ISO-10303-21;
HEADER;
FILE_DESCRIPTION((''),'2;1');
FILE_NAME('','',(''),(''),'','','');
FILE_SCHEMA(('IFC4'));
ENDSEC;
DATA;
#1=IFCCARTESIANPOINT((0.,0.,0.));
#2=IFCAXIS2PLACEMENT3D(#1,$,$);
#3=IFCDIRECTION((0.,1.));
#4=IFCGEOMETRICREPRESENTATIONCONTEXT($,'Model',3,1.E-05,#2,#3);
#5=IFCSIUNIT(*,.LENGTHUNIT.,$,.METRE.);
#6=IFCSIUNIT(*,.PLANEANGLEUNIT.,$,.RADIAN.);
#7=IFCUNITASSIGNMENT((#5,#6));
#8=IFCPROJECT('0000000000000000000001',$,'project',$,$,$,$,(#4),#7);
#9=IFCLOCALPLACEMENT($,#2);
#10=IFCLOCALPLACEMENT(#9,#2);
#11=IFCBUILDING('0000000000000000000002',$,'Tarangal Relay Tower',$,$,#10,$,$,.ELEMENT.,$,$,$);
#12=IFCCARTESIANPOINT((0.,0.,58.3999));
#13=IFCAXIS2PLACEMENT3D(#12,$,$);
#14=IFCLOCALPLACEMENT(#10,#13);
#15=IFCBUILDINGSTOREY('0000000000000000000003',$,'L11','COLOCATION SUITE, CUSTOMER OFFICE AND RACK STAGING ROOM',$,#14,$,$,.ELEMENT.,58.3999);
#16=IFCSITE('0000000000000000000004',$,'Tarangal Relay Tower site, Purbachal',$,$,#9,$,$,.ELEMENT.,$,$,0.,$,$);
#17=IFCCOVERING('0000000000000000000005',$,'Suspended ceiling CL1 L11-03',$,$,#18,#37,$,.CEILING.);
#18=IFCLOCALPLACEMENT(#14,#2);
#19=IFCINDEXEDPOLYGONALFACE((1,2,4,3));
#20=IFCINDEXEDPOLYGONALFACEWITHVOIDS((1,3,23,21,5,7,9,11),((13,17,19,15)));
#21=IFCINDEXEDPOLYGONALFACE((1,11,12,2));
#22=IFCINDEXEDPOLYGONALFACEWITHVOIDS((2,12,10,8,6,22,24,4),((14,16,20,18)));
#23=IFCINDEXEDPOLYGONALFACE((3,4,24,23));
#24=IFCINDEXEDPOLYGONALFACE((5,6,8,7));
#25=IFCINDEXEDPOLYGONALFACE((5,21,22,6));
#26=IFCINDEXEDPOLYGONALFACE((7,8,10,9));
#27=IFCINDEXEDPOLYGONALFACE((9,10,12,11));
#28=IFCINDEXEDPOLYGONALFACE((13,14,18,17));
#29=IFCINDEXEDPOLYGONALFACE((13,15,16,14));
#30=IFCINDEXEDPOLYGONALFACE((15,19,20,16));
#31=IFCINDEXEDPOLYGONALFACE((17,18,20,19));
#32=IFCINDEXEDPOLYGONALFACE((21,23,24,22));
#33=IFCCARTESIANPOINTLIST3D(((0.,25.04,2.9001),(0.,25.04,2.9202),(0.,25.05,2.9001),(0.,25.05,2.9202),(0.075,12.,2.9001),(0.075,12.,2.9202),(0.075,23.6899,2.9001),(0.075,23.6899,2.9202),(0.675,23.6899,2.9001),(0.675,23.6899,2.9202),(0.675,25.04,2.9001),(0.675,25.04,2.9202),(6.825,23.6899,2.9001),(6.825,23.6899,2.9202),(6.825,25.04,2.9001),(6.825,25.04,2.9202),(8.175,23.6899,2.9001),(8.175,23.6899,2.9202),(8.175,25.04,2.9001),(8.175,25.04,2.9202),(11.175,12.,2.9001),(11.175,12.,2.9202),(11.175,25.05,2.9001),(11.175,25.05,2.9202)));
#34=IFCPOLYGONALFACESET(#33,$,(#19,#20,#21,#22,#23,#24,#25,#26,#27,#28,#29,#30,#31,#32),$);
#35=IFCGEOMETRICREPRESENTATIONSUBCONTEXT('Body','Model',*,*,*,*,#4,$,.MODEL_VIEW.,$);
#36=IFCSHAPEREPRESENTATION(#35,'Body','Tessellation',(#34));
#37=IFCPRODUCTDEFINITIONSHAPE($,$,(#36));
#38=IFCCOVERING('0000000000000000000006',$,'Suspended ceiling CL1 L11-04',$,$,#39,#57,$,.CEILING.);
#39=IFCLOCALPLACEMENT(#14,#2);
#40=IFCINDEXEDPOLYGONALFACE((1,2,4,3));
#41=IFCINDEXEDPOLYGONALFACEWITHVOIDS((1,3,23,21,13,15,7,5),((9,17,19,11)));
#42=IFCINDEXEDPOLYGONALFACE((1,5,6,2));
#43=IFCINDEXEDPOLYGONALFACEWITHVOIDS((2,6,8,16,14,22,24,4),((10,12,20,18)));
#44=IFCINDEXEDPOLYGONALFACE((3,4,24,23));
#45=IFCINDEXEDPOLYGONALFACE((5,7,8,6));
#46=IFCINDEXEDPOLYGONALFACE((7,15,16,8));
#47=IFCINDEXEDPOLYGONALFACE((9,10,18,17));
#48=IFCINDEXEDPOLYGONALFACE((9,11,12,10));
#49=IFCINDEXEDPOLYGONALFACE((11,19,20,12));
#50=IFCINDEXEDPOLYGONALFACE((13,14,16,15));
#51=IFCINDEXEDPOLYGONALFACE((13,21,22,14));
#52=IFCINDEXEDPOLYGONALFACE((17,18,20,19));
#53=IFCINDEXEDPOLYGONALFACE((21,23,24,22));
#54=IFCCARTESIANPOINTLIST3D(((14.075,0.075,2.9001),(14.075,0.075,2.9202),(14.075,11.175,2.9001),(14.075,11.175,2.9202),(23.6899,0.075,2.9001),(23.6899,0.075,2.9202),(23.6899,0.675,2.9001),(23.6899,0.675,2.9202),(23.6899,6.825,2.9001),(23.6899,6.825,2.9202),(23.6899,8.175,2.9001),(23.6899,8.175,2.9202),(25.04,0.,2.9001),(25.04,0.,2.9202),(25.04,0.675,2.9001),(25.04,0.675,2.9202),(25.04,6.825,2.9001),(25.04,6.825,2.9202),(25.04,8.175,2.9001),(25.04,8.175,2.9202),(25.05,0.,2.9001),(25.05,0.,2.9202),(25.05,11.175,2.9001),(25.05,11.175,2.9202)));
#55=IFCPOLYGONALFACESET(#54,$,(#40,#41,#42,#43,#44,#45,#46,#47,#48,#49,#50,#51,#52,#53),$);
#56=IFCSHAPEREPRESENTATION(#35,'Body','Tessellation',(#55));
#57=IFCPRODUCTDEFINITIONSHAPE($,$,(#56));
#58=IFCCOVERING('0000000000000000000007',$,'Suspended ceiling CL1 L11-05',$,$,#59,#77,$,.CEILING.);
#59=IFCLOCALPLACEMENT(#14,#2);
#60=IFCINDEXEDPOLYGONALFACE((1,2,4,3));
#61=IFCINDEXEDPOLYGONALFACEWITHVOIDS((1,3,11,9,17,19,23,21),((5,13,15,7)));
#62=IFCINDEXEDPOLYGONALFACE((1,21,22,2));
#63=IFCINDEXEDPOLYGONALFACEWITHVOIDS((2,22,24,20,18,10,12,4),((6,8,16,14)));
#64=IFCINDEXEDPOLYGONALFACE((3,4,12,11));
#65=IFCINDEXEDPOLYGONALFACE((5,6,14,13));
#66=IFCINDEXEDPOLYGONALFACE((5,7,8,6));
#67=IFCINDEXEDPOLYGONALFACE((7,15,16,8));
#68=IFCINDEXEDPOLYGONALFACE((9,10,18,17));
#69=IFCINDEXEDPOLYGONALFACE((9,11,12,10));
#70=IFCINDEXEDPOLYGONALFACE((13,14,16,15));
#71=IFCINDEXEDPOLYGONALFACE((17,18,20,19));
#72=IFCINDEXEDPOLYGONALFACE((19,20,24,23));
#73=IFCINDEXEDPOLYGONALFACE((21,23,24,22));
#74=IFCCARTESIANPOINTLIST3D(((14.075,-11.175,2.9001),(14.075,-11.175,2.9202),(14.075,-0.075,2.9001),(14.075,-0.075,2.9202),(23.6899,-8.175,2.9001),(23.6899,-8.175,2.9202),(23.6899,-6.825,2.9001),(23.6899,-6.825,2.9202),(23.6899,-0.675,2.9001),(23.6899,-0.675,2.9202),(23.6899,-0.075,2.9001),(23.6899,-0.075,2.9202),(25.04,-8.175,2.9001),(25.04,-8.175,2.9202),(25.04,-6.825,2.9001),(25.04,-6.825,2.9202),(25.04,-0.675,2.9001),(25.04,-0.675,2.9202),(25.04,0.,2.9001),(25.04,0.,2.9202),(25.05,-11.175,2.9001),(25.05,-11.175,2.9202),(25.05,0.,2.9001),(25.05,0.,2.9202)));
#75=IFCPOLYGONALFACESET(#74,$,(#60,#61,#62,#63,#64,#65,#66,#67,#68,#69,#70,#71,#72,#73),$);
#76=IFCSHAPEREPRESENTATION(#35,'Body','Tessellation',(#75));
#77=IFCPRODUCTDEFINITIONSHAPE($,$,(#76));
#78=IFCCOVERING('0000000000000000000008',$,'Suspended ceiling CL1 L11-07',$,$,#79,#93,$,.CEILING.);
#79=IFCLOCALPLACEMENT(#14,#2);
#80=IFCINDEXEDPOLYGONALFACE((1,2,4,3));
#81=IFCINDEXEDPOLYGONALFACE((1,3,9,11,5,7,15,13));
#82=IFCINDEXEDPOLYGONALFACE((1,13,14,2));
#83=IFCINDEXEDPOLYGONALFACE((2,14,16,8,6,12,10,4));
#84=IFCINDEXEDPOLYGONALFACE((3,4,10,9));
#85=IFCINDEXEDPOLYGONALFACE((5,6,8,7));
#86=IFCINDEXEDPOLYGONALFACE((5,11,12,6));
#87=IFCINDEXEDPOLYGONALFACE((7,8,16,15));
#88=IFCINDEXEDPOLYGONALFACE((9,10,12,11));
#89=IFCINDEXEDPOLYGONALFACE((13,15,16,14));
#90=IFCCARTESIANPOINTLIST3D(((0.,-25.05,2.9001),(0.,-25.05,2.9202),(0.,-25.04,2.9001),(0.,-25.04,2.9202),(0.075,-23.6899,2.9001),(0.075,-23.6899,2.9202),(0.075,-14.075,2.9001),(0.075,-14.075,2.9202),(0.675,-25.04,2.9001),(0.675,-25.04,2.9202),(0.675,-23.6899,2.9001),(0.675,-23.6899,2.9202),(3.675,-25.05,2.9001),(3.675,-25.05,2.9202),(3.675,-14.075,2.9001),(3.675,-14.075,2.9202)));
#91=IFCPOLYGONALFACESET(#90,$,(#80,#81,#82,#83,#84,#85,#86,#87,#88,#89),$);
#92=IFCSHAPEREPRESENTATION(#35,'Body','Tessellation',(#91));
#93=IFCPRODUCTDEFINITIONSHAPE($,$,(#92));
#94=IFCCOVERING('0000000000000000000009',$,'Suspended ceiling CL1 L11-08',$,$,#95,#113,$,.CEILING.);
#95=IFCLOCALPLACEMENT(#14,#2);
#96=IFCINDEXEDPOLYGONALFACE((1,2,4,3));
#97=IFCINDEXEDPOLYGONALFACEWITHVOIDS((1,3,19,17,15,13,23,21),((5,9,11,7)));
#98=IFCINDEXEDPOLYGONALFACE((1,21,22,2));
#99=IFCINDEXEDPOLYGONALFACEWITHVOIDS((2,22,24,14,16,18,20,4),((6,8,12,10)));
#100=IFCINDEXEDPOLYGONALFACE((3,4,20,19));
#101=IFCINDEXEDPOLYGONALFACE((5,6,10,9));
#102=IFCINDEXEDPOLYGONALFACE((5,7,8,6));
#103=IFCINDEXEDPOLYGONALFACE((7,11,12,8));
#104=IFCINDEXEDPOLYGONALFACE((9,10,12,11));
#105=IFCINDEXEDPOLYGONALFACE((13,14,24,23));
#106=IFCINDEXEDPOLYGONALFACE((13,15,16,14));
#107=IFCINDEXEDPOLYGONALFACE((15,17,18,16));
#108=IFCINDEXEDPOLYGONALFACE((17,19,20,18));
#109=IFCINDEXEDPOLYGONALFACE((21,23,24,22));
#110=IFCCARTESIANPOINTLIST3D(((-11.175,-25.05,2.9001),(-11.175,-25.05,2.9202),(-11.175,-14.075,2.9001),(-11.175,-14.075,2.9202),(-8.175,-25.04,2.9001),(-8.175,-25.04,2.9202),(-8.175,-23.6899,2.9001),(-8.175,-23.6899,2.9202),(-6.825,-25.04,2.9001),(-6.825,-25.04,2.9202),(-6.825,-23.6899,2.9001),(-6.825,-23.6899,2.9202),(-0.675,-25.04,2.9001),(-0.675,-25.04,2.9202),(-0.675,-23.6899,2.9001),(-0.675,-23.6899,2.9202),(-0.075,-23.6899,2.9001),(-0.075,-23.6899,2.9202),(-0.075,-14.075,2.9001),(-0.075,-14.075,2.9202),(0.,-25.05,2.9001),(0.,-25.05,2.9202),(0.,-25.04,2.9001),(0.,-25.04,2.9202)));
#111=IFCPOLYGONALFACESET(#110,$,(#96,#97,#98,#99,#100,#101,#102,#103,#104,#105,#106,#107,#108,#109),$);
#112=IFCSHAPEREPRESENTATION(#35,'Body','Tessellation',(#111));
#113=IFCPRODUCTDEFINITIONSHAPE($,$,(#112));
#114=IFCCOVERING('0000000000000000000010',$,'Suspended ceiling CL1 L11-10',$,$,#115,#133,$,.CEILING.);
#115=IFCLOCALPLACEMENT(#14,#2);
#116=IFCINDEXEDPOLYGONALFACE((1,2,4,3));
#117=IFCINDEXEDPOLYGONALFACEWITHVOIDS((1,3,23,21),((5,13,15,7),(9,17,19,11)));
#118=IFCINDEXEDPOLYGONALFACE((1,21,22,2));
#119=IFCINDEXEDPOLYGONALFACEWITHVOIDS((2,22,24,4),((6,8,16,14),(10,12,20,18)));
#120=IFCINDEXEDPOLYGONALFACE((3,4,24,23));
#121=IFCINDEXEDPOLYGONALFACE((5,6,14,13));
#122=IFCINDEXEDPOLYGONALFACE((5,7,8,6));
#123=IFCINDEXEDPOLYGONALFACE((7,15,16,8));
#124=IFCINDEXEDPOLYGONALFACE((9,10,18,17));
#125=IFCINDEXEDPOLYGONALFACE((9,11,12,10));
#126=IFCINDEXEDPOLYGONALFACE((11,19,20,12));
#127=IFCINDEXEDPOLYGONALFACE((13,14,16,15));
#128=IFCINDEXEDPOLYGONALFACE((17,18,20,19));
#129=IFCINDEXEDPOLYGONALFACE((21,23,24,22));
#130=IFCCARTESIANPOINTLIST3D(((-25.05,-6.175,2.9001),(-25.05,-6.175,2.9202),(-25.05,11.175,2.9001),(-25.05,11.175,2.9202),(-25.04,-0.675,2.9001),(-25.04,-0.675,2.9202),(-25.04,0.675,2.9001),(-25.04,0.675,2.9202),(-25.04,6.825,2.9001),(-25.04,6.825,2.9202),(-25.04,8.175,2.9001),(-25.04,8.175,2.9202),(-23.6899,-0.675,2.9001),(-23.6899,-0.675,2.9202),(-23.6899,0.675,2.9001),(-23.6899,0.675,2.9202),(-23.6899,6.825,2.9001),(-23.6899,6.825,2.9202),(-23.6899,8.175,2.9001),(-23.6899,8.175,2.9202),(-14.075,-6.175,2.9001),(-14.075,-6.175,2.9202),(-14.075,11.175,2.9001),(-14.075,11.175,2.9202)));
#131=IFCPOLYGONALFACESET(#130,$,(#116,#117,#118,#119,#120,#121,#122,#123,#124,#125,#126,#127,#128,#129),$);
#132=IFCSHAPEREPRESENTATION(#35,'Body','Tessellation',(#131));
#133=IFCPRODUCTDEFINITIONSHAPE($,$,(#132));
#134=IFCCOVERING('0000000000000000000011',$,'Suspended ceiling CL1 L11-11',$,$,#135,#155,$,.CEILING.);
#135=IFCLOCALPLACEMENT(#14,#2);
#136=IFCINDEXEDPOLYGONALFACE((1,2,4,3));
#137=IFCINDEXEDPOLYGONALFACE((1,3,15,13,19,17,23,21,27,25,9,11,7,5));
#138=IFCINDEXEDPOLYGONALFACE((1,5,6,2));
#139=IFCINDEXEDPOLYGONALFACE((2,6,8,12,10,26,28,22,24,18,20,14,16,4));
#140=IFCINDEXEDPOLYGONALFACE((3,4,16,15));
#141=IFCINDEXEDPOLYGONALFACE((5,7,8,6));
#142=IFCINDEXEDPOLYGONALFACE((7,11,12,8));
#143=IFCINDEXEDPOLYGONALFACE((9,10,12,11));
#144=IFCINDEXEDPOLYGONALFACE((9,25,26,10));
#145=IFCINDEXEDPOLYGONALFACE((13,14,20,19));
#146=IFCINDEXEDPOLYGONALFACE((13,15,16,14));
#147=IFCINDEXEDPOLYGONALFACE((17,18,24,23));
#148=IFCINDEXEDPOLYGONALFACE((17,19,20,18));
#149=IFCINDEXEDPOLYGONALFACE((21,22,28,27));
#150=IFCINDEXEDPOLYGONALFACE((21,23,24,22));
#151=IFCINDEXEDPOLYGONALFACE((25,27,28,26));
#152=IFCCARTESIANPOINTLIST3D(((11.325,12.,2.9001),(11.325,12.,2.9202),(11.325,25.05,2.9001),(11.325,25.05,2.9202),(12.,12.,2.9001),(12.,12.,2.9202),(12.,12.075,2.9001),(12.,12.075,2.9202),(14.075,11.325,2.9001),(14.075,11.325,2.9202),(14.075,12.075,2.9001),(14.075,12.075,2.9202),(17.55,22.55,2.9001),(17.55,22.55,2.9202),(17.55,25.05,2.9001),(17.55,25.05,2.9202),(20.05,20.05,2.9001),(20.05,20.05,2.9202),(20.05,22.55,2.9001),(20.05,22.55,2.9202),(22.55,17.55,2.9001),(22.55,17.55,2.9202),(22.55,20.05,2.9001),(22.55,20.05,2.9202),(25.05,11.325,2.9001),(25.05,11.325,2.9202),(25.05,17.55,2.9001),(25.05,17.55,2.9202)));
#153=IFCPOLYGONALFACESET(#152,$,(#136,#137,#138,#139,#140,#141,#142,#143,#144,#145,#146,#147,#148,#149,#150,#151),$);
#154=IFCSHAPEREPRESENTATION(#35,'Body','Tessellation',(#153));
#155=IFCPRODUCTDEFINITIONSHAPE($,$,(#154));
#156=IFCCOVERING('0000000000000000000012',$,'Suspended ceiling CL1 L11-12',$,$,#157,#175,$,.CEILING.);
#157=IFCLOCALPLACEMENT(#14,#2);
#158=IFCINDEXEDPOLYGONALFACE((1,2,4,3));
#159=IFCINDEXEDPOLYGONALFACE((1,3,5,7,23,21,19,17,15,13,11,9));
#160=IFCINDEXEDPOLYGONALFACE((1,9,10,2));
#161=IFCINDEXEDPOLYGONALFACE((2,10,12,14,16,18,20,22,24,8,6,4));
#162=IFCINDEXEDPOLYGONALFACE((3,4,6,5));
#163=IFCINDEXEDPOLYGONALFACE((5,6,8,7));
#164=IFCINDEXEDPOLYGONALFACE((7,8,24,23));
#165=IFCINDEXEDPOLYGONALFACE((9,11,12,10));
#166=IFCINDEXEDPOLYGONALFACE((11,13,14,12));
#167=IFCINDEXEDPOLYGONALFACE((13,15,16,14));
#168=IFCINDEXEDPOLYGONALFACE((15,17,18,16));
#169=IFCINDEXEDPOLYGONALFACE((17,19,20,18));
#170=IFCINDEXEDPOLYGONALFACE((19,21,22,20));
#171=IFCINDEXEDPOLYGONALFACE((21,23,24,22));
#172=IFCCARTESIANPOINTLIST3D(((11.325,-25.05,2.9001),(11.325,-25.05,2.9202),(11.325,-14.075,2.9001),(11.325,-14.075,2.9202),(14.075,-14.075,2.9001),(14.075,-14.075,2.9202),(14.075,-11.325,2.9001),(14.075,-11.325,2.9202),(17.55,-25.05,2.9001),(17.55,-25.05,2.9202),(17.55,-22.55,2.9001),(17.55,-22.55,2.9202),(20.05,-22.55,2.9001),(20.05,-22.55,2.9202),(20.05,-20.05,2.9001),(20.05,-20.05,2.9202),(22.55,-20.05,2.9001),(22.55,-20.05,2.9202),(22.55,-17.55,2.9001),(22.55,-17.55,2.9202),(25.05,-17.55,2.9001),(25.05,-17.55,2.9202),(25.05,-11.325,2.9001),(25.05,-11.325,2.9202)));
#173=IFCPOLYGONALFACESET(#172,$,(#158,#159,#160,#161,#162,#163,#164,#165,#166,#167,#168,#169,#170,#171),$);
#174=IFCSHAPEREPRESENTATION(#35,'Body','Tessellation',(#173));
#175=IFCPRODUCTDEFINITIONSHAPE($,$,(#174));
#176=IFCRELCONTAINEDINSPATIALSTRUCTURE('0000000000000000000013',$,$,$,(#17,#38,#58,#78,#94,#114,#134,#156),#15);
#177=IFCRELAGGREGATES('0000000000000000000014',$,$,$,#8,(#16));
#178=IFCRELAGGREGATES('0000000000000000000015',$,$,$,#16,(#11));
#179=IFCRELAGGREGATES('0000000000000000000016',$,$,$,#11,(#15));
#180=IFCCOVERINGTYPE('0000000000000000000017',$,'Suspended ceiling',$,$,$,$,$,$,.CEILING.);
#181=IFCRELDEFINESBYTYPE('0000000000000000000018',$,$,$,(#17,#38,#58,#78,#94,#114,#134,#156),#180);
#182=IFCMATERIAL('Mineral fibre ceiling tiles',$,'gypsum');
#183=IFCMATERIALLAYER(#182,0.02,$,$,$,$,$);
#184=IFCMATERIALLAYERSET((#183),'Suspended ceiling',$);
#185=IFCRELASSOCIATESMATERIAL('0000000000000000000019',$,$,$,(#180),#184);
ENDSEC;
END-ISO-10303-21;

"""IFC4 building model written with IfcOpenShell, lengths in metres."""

from ifc_helpers import new_model, si_unit, direction, frame, origin, place, context, subcontext, project, spatial, polyline, outline, extrude, material, layer, layer_set, type_object, element, save


model = new_model("IFC4")

# Units and contexts
model_context = context("Model", 3, precision=1e-05, world=origin(), true_north=direction((0.0, 1.0)))
body_context = subcontext(model_context, "Body", "Model", "MODEL_VIEW")
ifc_project = project(units=[si_unit("LENGTHUNIT", "METRE"), si_unit("PLANEANGLEUNIT", "RADIAN")], contexts=[model_context])

# Site, building, storey
site_placement = place(None, origin())
site = spatial("IfcSite", under=ifc_project, at=site_placement, Name="Tarangal Relay Tower site, Purbachal", CompositionType="ELEMENT", RefElevation=0.0)
building_placement = place(site_placement, origin())
building = spatial("IfcBuilding", under=site, at=building_placement, Name="Tarangal Relay Tower", CompositionType="ELEMENT")
storey_placement = place(building_placement, frame((0.0, 0.0, 58.3999)))
storey = spatial("IfcBuildingStorey", under=building, at=storey_placement, Name="L11", Description="COLOCATION SUITE, CUSTOMER OFFICE AND RACK STAGING ROOM", CompositionType="ELEMENT", Elevation=58.3999)

# Coverings
ifc_material_1 = material(Name="Mineral fibre ceiling tiles", Category="gypsum")
ifc_layer_1 = layer(ifc_material_1, 0.02)
ifc_layer_set_1 = layer_set([ifc_layer_1], Name="Suspended ceiling")
covering_type_1 = type_object("IfcCoveringType", Name="Suspended ceiling", PredefinedType="CEILING", material=ifc_layer_set_1)
covering_1_placement = place(storey_placement, frame((0.0, 0.0, 2.9001)))
element("IfcCovering", 1, at=covering_1_placement, inside=storey, type_object=covering_type_1, Name="Suspended ceiling CL1 L11-03", PredefinedType="CEILING", context=body_context, shape_type="SweptSolid", body=[
    extrude(outline(polyline([(0.075, 12.0), (11.175, 12.0), (11.175, 25.05), (0.0, 25.05), (0.0, 25.04), (0.675, 25.04), (0.675, 23.6899), (0.075, 23.6899), (0.075, 12.0)]), holes=[polyline([(8.175, 23.6899), (8.175, 25.04), (6.825, 25.04), (6.825, 23.6899), (8.175, 23.6899)])]), origin(), (0.0, 0.0, 1.0), 0.02),
])
covering_2_placement = place(storey_placement, frame((0.0, 0.0, 2.9001)))
element("IfcCovering", 2, at=covering_2_placement, inside=storey, type_object=covering_type_1, Name="Suspended ceiling CL1 L11-04", PredefinedType="CEILING", context=body_context, shape_type="SweptSolid", body=[
    extrude(outline(polyline([(25.05, 0.0), (25.05, 11.175), (14.075, 11.175), (14.075, 0.075), (23.6899, 0.075), (23.6899, 0.675), (25.04, 0.675), (25.04, 0.0), (25.05, 0.0)]), holes=[polyline([(25.04, 6.825), (25.04, 8.175), (23.6899, 8.175), (23.6899, 6.825), (25.04, 6.825)])]), origin(), (0.0, 0.0, 1.0), 0.02),
])
covering_3_placement = place(storey_placement, frame((0.0, 0.0, 2.9001)))
element("IfcCovering", 3, at=covering_3_placement, inside=storey, type_object=covering_type_1, Name="Suspended ceiling CL1 L11-05", PredefinedType="CEILING", context=body_context, shape_type="SweptSolid", body=[
    extrude(outline(polyline([(25.05, -11.175), (25.05, 0.0), (25.04, 0.0), (25.04, -0.675), (23.6899, -0.675), (23.6899, -0.075), (14.075, -0.075), (14.075, -11.175), (25.05, -11.175)]), holes=[polyline([(25.04, -8.175), (25.04, -6.825), (23.6899, -6.825), (23.6899, -8.175), (25.04, -8.175)])]), origin(), (0.0, 0.0, 1.0), 0.02),
])
covering_4_placement = place(storey_placement, frame((0.0, 0.0, 2.9001)))
element("IfcCovering", 4, at=covering_4_placement, inside=storey, type_object=covering_type_1, Name="Suspended ceiling CL1 L11-07", PredefinedType="CEILING", context=body_context, shape_type="SweptSolid", body=[
    extrude(outline(polyline([(0.0, -25.05), (3.675, -25.05), (3.675, -14.075), (0.075, -14.075), (0.075, -23.6899), (0.675, -23.6899), (0.675, -25.04), (0.0, -25.04), (0.0, -25.05)])), origin(), (0.0, 0.0, 1.0), 0.02),
])
covering_5_placement = place(storey_placement, frame((0.0, 0.0, 2.9001)))
element("IfcCovering", 5, at=covering_5_placement, inside=storey, type_object=covering_type_1, Name="Suspended ceiling CL1 L11-08", PredefinedType="CEILING", context=body_context, shape_type="SweptSolid", body=[
    extrude(outline(polyline([(-11.175, -25.05), (0.0, -25.05), (0.0, -25.04), (-0.675, -25.04), (-0.675, -23.6899), (-0.075, -23.6899), (-0.075, -14.075), (-11.175, -14.075), (-11.175, -25.05)]), holes=[polyline([(-6.825, -25.04), (-6.825, -23.6899), (-8.175, -23.6899), (-8.175, -25.04), (-6.825, -25.04)])]), origin(), (0.0, 0.0, 1.0), 0.02),
])
covering_6_placement = place(storey_placement, frame((0.0, 0.0, 2.9001)))
element("IfcCovering", 6, at=covering_6_placement, inside=storey, type_object=covering_type_1, Name="Suspended ceiling CL1 L11-10", PredefinedType="CEILING", context=body_context, shape_type="SweptSolid", body=[
    extrude(outline(polyline([(-25.05, 11.175), (-25.05, -6.175), (-14.075, -6.175), (-14.075, 11.175), (-25.05, 11.175)]), holes=[polyline([(-23.6899, -0.675), (-23.6899, 0.675), (-25.04, 0.675), (-25.04, -0.675), (-23.6899, -0.675)]), polyline([(-23.6899, 6.825), (-23.6899, 8.175), (-25.04, 8.175), (-25.04, 6.825), (-23.6899, 6.825)])]), origin(), (0.0, 0.0, 1.0), 0.02),
])
covering_7_placement = place(storey_placement, frame((0.0, 0.0, 2.9001)))
element("IfcCovering", 7, at=covering_7_placement, inside=storey, type_object=covering_type_1, Name="Suspended ceiling CL1 L11-11", PredefinedType="CEILING", context=body_context, shape_type="SweptSolid", body=[
    extrude(outline(polyline([(11.325, 25.05), (11.325, 12.0), (12.0, 12.0), (12.0, 12.075), (14.075, 12.075), (14.075, 11.325), (25.05, 11.325), (25.05, 17.55), (22.55, 17.55), (22.55, 20.05), (20.05, 20.05), (20.05, 22.55), (17.55, 22.55), (17.55, 25.05), (11.325, 25.05)])), origin(), (0.0, 0.0, 1.0), 0.02),
])
covering_8_placement = place(storey_placement, frame((0.0, 0.0, 2.9001)))
element("IfcCovering", 8, at=covering_8_placement, inside=storey, type_object=covering_type_1, Name="Suspended ceiling CL1 L11-12", PredefinedType="CEILING", context=body_context, shape_type="SweptSolid", body=[
    extrude(outline(polyline([(25.05, -17.55), (25.05, -11.325), (14.075, -11.325), (14.075, -14.075), (11.325, -14.075), (11.325, -25.05), (17.55, -25.05), (17.55, -22.55), (20.05, -22.55), (20.05, -20.05), (22.55, -20.05), (22.55, -17.55), (25.05, -17.55)])), origin(), (0.0, 0.0, 1.0), 0.02),
])

save(model, "model.ifc")
